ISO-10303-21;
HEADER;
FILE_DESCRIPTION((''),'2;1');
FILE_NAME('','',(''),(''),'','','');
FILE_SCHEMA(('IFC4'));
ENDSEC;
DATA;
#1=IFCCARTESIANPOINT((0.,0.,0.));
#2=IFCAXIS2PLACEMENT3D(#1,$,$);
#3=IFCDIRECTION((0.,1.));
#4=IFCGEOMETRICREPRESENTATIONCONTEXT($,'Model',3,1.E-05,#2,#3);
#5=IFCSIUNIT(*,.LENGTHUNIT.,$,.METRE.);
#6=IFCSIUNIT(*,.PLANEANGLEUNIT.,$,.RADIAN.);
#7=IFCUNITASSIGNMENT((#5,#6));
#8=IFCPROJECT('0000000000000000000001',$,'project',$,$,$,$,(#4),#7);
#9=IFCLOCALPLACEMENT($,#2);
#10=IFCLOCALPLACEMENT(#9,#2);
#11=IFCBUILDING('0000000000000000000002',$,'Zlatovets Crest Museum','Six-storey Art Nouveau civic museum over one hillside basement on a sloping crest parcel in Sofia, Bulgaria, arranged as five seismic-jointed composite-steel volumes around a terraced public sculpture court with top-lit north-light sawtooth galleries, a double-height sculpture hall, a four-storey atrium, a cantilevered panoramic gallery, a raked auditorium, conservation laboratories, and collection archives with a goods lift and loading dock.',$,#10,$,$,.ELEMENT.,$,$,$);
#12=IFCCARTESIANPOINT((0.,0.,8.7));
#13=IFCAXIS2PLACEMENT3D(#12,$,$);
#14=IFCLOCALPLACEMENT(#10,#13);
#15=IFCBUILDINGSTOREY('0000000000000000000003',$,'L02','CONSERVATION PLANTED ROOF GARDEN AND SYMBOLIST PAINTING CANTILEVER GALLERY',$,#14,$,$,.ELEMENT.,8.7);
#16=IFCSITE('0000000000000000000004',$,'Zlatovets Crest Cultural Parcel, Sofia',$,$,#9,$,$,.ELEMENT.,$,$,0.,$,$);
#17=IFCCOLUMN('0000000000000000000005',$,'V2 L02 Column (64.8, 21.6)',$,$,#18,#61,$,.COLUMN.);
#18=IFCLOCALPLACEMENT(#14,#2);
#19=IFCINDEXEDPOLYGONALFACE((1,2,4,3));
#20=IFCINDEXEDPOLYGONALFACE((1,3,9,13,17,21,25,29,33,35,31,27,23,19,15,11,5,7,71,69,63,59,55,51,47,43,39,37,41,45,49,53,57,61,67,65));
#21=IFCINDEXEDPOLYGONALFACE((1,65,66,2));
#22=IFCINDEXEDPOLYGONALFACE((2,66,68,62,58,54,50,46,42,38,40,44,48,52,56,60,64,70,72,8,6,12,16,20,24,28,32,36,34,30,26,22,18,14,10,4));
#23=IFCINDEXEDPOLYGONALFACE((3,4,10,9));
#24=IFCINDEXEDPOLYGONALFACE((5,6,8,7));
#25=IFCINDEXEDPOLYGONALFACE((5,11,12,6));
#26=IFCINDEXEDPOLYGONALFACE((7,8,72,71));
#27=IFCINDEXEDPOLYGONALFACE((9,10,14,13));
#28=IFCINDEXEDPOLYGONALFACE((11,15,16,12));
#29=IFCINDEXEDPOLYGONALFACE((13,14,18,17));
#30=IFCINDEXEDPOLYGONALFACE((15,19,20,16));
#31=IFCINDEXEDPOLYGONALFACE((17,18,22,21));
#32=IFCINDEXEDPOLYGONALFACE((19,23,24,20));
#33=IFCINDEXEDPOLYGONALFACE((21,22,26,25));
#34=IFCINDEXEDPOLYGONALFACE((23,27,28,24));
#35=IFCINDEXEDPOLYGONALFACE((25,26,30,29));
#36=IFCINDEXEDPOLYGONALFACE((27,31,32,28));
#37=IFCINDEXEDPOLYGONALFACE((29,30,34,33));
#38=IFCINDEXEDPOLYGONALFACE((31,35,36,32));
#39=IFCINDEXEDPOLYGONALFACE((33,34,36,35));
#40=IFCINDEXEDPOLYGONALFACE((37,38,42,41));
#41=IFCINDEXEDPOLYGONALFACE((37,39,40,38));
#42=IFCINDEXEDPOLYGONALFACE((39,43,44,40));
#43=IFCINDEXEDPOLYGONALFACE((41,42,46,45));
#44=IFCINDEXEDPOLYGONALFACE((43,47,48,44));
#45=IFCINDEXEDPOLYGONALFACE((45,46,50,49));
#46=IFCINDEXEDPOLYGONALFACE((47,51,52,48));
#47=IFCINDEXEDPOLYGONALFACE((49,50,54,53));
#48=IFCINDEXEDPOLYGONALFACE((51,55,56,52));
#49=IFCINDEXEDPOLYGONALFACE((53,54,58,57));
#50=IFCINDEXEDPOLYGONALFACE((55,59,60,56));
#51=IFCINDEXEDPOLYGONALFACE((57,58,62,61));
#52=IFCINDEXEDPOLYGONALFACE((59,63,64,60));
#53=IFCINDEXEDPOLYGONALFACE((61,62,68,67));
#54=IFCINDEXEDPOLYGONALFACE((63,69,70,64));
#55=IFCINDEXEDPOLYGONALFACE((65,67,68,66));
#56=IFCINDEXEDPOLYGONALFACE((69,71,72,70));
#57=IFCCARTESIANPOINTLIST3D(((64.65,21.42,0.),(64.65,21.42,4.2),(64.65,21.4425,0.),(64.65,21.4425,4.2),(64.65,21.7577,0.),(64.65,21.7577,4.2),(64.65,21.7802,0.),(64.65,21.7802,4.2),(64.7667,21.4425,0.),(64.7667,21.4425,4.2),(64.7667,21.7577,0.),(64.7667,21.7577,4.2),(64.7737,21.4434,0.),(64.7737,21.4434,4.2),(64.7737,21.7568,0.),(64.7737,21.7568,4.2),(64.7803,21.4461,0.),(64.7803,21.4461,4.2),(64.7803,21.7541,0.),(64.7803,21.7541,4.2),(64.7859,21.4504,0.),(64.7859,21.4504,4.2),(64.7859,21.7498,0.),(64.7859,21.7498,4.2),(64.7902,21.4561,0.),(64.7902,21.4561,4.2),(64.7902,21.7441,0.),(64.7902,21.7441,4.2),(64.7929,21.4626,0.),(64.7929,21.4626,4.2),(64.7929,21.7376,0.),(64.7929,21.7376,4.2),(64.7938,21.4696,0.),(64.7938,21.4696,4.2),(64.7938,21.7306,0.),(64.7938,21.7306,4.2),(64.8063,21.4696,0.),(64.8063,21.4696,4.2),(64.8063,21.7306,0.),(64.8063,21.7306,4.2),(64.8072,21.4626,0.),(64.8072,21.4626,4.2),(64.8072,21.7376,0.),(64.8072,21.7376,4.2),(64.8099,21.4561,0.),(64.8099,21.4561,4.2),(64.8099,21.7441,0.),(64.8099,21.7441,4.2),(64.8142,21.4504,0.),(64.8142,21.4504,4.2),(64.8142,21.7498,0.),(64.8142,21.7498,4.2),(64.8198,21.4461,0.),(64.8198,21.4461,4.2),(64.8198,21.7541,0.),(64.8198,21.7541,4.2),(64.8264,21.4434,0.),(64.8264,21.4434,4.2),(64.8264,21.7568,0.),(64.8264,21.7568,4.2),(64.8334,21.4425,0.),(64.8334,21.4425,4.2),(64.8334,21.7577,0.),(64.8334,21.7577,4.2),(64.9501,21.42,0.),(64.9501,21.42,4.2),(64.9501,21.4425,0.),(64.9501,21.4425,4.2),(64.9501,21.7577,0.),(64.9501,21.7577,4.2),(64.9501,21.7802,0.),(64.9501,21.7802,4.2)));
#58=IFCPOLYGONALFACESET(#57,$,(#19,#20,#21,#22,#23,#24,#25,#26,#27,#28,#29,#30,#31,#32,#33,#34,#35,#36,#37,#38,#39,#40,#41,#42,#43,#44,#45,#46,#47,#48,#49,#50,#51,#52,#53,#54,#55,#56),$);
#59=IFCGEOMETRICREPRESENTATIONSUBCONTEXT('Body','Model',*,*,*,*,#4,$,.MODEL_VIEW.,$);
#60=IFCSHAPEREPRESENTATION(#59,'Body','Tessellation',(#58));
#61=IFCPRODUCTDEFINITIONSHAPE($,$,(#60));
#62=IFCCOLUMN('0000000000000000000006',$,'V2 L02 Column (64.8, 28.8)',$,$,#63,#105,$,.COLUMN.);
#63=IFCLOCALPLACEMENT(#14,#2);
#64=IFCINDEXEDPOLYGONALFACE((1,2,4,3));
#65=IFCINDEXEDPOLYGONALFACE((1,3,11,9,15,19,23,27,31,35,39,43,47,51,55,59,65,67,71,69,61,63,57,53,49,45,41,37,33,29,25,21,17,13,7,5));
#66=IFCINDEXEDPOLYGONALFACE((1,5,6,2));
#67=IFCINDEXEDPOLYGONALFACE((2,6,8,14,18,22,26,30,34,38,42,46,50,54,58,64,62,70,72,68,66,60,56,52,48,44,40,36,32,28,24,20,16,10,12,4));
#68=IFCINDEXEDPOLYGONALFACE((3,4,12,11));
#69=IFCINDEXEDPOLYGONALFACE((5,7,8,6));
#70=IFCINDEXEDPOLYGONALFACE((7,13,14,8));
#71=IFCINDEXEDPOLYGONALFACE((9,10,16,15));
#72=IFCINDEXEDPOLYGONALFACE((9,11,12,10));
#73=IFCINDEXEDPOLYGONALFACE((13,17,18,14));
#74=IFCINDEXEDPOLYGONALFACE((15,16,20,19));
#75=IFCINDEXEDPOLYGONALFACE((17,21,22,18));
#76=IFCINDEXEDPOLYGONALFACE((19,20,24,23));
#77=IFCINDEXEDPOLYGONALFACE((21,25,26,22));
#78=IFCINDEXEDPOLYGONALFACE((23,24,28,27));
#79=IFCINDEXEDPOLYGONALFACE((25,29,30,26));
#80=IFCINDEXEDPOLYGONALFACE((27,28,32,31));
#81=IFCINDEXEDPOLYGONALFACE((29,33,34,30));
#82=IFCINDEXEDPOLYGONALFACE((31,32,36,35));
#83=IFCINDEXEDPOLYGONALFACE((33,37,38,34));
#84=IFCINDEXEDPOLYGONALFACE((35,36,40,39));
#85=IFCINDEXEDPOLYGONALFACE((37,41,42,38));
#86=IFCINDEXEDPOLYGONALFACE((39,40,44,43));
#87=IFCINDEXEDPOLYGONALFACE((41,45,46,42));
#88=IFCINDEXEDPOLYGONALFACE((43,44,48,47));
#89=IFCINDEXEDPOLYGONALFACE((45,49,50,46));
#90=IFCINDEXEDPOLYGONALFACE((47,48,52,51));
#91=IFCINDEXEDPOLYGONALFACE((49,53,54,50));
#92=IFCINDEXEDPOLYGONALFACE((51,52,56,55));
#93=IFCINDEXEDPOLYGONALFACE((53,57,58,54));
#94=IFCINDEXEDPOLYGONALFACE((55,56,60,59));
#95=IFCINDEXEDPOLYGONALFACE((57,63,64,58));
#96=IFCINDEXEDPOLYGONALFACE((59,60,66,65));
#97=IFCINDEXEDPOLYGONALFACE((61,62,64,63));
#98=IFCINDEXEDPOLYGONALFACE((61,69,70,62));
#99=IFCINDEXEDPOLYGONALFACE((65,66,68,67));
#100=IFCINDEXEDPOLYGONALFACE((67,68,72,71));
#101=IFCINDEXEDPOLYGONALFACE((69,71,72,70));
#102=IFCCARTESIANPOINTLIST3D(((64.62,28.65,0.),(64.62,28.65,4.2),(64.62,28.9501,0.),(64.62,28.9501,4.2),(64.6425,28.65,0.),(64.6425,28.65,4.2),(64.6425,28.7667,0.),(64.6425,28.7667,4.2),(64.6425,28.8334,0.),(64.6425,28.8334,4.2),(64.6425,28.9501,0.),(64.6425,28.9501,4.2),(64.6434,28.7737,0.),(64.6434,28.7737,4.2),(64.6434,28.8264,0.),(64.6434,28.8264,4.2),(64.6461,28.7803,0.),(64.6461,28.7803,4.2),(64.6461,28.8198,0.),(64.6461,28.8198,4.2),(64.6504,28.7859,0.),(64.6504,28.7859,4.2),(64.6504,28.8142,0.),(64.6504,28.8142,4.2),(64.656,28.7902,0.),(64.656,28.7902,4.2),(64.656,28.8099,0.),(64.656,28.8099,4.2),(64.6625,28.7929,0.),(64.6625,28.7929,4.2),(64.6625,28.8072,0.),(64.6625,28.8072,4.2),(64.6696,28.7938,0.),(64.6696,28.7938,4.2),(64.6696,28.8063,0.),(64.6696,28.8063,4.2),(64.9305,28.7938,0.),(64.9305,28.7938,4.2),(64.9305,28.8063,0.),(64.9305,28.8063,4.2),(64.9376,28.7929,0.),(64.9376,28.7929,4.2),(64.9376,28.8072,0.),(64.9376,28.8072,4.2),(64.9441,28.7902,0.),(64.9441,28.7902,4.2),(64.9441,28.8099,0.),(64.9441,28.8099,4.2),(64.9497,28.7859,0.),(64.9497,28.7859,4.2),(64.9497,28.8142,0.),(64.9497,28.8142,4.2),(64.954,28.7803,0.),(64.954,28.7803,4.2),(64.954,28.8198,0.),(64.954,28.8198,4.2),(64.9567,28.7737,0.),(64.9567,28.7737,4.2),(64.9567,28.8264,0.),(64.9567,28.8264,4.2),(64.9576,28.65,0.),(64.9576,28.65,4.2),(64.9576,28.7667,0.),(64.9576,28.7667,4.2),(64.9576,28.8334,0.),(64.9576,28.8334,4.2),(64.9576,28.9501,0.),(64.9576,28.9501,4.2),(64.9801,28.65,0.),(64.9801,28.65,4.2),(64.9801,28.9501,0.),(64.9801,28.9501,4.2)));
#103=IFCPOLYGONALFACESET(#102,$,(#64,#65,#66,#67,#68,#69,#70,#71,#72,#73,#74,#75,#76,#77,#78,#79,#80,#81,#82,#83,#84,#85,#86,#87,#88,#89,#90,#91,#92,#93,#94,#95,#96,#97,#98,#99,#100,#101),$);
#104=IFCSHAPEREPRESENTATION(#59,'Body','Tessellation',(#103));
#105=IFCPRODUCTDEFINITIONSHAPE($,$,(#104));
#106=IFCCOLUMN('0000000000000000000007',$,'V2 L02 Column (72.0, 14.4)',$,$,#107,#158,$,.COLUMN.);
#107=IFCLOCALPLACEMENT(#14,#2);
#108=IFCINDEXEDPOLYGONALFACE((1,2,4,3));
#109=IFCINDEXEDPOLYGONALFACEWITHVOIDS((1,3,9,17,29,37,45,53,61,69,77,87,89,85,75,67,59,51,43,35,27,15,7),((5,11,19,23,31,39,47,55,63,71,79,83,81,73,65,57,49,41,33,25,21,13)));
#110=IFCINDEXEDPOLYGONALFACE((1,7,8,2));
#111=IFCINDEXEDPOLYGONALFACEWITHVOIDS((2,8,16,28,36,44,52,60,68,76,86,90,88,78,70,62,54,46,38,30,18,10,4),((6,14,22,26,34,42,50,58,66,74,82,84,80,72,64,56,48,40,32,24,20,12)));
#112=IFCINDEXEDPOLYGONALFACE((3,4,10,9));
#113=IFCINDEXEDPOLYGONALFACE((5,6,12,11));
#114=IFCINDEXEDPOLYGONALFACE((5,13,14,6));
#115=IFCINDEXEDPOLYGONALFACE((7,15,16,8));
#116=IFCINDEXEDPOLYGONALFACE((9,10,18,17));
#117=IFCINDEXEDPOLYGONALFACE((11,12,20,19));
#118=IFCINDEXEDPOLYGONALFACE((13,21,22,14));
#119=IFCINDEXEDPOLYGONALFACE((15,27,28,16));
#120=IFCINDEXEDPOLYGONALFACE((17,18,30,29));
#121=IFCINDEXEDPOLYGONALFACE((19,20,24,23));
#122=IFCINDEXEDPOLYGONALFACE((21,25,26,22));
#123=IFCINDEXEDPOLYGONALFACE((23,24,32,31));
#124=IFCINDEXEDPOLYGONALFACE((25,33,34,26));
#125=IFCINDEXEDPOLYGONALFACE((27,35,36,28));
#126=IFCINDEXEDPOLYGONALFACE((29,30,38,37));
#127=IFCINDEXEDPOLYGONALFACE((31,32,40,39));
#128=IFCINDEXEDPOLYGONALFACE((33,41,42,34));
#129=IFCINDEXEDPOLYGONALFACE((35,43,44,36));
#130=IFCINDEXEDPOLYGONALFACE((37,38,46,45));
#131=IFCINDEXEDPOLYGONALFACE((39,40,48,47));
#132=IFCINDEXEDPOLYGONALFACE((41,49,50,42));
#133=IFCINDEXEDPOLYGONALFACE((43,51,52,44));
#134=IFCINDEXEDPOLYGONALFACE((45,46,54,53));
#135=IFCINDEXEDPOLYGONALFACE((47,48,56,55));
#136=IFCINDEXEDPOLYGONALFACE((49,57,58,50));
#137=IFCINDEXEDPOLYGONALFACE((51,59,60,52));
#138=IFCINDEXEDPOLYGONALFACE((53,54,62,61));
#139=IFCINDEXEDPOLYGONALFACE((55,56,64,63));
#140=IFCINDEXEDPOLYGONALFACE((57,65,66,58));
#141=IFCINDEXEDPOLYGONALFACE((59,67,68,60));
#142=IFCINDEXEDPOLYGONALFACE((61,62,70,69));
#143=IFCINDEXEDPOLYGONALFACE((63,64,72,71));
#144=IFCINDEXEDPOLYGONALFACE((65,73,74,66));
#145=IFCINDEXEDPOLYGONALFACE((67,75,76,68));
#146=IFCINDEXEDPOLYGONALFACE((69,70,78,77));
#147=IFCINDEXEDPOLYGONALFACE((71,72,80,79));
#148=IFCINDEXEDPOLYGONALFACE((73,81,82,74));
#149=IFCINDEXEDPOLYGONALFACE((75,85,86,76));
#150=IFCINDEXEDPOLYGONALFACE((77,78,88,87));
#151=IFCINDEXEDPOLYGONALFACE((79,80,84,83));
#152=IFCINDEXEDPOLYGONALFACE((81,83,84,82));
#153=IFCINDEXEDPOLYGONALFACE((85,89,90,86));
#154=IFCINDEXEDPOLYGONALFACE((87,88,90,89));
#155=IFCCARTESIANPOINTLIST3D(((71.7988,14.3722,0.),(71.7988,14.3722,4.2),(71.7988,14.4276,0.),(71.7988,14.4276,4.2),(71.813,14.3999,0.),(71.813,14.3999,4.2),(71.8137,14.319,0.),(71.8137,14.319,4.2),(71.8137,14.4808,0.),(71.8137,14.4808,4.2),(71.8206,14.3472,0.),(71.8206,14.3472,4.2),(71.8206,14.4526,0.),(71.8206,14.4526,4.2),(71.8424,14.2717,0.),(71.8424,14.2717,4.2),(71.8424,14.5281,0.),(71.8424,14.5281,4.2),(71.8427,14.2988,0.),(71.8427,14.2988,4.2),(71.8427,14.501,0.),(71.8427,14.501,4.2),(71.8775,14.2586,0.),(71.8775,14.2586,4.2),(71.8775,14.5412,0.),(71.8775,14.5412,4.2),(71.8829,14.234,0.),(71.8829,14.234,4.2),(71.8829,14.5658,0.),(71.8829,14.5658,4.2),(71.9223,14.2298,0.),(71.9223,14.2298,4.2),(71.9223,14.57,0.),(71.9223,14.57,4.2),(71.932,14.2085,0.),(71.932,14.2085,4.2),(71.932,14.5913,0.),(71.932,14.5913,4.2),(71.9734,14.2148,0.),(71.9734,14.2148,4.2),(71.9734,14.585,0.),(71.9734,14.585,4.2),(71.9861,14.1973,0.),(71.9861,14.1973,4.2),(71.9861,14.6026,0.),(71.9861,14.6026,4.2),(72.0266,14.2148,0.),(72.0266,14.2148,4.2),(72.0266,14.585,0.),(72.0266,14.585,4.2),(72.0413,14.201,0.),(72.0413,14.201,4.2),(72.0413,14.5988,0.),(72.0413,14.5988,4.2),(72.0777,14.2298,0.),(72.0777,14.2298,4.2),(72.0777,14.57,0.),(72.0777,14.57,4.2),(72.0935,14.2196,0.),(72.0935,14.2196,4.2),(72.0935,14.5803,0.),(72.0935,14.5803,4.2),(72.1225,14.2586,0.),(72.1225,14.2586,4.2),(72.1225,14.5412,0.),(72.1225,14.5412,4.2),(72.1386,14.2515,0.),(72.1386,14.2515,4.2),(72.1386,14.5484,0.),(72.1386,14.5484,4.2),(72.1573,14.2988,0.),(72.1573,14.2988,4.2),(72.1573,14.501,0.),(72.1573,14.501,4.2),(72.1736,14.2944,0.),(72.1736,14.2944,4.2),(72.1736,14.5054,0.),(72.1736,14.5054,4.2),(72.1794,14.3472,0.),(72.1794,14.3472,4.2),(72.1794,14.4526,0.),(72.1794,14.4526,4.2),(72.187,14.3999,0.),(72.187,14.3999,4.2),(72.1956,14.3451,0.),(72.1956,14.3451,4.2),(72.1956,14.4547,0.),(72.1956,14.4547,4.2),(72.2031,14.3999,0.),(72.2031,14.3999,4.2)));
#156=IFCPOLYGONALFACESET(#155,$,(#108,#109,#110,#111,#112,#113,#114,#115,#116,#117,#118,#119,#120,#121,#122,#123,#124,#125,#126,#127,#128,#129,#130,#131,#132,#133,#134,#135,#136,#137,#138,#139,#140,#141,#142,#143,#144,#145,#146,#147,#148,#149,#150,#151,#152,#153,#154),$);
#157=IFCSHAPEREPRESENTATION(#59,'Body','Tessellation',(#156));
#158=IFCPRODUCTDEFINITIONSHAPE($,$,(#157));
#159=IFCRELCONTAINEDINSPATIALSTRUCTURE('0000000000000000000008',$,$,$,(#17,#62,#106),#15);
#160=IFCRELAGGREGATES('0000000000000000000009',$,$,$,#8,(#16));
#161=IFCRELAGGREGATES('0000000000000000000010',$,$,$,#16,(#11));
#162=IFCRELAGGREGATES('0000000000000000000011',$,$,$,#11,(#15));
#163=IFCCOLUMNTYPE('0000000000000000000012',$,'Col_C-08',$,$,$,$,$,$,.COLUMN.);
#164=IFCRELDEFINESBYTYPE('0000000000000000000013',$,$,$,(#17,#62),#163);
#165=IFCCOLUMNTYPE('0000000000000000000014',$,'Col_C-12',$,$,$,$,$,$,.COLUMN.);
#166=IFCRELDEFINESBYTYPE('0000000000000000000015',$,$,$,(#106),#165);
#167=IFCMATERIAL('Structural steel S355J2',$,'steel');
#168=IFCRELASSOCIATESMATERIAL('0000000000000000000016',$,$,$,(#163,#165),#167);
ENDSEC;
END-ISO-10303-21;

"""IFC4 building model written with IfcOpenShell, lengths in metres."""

from ifc_helpers import new_model, si_unit, direction, frame, origin, origin_2d, place, context, subcontext, project, spatial, hollow_circle, i_section, extrude, material, material_profile, profile_set, type_object, element, save


model = new_model("IFC4")

# Units and contexts
model_context = context("Model", 3, precision=1e-05, world=origin(), true_north=direction((0.0, 1.0)))
body_context = subcontext(model_context, "Body", "Model", "MODEL_VIEW")
ifc_project = project(units=[si_unit("LENGTHUNIT", "METRE"), si_unit("PLANEANGLEUNIT", "RADIAN")], contexts=[model_context])

# Site, building, storey
site_placement = place(None, origin())
site = spatial("IfcSite", under=ifc_project, at=site_placement, Name="Zlatovets Crest Cultural Parcel, Sofia", CompositionType="ELEMENT", RefElevation=0.0)
building_placement = place(site_placement, origin())
building = spatial("IfcBuilding", under=site, at=building_placement, Name="Zlatovets Crest Museum", Description="Six-storey Art Nouveau civic museum over one hillside basement on a sloping crest parcel in Sofia, Bulgaria, arranged as five seismic-jointed composite-steel volumes around a terraced public sculpture court with top-lit north-light sawtooth galleries, a double-height sculpture hall, a four-storey atrium, a cantilevered panoramic gallery, a raked auditorium, conservation laboratories, and collection archives with a goods lift and loading dock.", CompositionType="ELEMENT")
storey_placement = place(building_placement, frame((0.0, 0.0, 8.7)))
storey = spatial("IfcBuildingStorey", under=building, at=storey_placement, Name="L02", Description="CONSERVATION PLANTED ROOF GARDEN AND SYMBOLIST PAINTING CANTILEVER GALLERY", CompositionType="ELEMENT", Elevation=8.7)

# Columns
ifc_material_1 = material(Name="Structural steel S355J2", Category="steel")
ifc_material_profile_1 = material_profile(ifc_material_1, i_section(OverallWidth=0.3, OverallDepth=0.3601, WebThickness=0.0125, FlangeThickness=0.0225, FilletRadius=0.0271, at=origin_2d()), Name="HEB 360")
ifc_profile_set_1 = profile_set([ifc_material_profile_1], Name="Structural steel S355J2")
column_type_1 = type_object("IfcColumnType", Name="Col_C-08", PredefinedType="COLUMN", material=ifc_profile_set_1)
for number, where, z_axis, x_axis, name in (
    (1, (64.8, 21.6001, 0.0), (0.0, 0.0, 1.0), (1.0, 0.0, 0.0), "V2 L02 Column (64.8, 21.6)"),
    (2, (64.8, 28.8, 0.0), (0.0, 0.0, 1.0), (0.0, 1.0, 0.0), "V2 L02 Column (64.8, 28.8)"),
):
    element("IfcColumn", number, at=place(storey_placement, frame(where, z_axis=z_axis, x_axis=x_axis)), inside=storey, type_object=column_type_1, Name=name, PredefinedType="COLUMN", context=body_context, shape_type="SweptSolid", body=[
        extrude(i_section(OverallWidth=0.3, OverallDepth=0.3601, WebThickness=0.0125, FlangeThickness=0.0225, FilletRadius=0.0271, at=origin_2d()), origin(), (0.0, 0.0, 1.0), 4.2),
    ])
ifc_material_profile_2 = material_profile(ifc_material_1, hollow_circle(Radius=0.2031, WallThickness=0.0161, at=origin_2d()), Name="CHS 406.4x16.0")
ifc_profile_set_2 = profile_set([ifc_material_profile_2], Name="Structural steel S355J2")
column_type_2 = type_object("IfcColumnType", Name="Col_C-12", PredefinedType="COLUMN", material=ifc_profile_set_2)
for number, where, z_axis, x_axis, name in (
    (3, (72.0, 14.3999, 0.0), (0.0, 0.0, 1.0), (1.0, 0.0, 0.0), "V2 L02 Column (72.0, 14.4)"),
):
    element("IfcColumn", number, at=place(storey_placement, frame(where, z_axis=z_axis, x_axis=x_axis)), inside=storey, type_object=column_type_2, Name=name, PredefinedType="COLUMN", context=body_context, shape_type="SweptSolid", body=[
        extrude(hollow_circle(Radius=0.2031, WallThickness=0.0161, at=origin_2d()), origin(), (0.0, 0.0, 1.0), 4.2),
    ])

save(model, "model.ifc")
